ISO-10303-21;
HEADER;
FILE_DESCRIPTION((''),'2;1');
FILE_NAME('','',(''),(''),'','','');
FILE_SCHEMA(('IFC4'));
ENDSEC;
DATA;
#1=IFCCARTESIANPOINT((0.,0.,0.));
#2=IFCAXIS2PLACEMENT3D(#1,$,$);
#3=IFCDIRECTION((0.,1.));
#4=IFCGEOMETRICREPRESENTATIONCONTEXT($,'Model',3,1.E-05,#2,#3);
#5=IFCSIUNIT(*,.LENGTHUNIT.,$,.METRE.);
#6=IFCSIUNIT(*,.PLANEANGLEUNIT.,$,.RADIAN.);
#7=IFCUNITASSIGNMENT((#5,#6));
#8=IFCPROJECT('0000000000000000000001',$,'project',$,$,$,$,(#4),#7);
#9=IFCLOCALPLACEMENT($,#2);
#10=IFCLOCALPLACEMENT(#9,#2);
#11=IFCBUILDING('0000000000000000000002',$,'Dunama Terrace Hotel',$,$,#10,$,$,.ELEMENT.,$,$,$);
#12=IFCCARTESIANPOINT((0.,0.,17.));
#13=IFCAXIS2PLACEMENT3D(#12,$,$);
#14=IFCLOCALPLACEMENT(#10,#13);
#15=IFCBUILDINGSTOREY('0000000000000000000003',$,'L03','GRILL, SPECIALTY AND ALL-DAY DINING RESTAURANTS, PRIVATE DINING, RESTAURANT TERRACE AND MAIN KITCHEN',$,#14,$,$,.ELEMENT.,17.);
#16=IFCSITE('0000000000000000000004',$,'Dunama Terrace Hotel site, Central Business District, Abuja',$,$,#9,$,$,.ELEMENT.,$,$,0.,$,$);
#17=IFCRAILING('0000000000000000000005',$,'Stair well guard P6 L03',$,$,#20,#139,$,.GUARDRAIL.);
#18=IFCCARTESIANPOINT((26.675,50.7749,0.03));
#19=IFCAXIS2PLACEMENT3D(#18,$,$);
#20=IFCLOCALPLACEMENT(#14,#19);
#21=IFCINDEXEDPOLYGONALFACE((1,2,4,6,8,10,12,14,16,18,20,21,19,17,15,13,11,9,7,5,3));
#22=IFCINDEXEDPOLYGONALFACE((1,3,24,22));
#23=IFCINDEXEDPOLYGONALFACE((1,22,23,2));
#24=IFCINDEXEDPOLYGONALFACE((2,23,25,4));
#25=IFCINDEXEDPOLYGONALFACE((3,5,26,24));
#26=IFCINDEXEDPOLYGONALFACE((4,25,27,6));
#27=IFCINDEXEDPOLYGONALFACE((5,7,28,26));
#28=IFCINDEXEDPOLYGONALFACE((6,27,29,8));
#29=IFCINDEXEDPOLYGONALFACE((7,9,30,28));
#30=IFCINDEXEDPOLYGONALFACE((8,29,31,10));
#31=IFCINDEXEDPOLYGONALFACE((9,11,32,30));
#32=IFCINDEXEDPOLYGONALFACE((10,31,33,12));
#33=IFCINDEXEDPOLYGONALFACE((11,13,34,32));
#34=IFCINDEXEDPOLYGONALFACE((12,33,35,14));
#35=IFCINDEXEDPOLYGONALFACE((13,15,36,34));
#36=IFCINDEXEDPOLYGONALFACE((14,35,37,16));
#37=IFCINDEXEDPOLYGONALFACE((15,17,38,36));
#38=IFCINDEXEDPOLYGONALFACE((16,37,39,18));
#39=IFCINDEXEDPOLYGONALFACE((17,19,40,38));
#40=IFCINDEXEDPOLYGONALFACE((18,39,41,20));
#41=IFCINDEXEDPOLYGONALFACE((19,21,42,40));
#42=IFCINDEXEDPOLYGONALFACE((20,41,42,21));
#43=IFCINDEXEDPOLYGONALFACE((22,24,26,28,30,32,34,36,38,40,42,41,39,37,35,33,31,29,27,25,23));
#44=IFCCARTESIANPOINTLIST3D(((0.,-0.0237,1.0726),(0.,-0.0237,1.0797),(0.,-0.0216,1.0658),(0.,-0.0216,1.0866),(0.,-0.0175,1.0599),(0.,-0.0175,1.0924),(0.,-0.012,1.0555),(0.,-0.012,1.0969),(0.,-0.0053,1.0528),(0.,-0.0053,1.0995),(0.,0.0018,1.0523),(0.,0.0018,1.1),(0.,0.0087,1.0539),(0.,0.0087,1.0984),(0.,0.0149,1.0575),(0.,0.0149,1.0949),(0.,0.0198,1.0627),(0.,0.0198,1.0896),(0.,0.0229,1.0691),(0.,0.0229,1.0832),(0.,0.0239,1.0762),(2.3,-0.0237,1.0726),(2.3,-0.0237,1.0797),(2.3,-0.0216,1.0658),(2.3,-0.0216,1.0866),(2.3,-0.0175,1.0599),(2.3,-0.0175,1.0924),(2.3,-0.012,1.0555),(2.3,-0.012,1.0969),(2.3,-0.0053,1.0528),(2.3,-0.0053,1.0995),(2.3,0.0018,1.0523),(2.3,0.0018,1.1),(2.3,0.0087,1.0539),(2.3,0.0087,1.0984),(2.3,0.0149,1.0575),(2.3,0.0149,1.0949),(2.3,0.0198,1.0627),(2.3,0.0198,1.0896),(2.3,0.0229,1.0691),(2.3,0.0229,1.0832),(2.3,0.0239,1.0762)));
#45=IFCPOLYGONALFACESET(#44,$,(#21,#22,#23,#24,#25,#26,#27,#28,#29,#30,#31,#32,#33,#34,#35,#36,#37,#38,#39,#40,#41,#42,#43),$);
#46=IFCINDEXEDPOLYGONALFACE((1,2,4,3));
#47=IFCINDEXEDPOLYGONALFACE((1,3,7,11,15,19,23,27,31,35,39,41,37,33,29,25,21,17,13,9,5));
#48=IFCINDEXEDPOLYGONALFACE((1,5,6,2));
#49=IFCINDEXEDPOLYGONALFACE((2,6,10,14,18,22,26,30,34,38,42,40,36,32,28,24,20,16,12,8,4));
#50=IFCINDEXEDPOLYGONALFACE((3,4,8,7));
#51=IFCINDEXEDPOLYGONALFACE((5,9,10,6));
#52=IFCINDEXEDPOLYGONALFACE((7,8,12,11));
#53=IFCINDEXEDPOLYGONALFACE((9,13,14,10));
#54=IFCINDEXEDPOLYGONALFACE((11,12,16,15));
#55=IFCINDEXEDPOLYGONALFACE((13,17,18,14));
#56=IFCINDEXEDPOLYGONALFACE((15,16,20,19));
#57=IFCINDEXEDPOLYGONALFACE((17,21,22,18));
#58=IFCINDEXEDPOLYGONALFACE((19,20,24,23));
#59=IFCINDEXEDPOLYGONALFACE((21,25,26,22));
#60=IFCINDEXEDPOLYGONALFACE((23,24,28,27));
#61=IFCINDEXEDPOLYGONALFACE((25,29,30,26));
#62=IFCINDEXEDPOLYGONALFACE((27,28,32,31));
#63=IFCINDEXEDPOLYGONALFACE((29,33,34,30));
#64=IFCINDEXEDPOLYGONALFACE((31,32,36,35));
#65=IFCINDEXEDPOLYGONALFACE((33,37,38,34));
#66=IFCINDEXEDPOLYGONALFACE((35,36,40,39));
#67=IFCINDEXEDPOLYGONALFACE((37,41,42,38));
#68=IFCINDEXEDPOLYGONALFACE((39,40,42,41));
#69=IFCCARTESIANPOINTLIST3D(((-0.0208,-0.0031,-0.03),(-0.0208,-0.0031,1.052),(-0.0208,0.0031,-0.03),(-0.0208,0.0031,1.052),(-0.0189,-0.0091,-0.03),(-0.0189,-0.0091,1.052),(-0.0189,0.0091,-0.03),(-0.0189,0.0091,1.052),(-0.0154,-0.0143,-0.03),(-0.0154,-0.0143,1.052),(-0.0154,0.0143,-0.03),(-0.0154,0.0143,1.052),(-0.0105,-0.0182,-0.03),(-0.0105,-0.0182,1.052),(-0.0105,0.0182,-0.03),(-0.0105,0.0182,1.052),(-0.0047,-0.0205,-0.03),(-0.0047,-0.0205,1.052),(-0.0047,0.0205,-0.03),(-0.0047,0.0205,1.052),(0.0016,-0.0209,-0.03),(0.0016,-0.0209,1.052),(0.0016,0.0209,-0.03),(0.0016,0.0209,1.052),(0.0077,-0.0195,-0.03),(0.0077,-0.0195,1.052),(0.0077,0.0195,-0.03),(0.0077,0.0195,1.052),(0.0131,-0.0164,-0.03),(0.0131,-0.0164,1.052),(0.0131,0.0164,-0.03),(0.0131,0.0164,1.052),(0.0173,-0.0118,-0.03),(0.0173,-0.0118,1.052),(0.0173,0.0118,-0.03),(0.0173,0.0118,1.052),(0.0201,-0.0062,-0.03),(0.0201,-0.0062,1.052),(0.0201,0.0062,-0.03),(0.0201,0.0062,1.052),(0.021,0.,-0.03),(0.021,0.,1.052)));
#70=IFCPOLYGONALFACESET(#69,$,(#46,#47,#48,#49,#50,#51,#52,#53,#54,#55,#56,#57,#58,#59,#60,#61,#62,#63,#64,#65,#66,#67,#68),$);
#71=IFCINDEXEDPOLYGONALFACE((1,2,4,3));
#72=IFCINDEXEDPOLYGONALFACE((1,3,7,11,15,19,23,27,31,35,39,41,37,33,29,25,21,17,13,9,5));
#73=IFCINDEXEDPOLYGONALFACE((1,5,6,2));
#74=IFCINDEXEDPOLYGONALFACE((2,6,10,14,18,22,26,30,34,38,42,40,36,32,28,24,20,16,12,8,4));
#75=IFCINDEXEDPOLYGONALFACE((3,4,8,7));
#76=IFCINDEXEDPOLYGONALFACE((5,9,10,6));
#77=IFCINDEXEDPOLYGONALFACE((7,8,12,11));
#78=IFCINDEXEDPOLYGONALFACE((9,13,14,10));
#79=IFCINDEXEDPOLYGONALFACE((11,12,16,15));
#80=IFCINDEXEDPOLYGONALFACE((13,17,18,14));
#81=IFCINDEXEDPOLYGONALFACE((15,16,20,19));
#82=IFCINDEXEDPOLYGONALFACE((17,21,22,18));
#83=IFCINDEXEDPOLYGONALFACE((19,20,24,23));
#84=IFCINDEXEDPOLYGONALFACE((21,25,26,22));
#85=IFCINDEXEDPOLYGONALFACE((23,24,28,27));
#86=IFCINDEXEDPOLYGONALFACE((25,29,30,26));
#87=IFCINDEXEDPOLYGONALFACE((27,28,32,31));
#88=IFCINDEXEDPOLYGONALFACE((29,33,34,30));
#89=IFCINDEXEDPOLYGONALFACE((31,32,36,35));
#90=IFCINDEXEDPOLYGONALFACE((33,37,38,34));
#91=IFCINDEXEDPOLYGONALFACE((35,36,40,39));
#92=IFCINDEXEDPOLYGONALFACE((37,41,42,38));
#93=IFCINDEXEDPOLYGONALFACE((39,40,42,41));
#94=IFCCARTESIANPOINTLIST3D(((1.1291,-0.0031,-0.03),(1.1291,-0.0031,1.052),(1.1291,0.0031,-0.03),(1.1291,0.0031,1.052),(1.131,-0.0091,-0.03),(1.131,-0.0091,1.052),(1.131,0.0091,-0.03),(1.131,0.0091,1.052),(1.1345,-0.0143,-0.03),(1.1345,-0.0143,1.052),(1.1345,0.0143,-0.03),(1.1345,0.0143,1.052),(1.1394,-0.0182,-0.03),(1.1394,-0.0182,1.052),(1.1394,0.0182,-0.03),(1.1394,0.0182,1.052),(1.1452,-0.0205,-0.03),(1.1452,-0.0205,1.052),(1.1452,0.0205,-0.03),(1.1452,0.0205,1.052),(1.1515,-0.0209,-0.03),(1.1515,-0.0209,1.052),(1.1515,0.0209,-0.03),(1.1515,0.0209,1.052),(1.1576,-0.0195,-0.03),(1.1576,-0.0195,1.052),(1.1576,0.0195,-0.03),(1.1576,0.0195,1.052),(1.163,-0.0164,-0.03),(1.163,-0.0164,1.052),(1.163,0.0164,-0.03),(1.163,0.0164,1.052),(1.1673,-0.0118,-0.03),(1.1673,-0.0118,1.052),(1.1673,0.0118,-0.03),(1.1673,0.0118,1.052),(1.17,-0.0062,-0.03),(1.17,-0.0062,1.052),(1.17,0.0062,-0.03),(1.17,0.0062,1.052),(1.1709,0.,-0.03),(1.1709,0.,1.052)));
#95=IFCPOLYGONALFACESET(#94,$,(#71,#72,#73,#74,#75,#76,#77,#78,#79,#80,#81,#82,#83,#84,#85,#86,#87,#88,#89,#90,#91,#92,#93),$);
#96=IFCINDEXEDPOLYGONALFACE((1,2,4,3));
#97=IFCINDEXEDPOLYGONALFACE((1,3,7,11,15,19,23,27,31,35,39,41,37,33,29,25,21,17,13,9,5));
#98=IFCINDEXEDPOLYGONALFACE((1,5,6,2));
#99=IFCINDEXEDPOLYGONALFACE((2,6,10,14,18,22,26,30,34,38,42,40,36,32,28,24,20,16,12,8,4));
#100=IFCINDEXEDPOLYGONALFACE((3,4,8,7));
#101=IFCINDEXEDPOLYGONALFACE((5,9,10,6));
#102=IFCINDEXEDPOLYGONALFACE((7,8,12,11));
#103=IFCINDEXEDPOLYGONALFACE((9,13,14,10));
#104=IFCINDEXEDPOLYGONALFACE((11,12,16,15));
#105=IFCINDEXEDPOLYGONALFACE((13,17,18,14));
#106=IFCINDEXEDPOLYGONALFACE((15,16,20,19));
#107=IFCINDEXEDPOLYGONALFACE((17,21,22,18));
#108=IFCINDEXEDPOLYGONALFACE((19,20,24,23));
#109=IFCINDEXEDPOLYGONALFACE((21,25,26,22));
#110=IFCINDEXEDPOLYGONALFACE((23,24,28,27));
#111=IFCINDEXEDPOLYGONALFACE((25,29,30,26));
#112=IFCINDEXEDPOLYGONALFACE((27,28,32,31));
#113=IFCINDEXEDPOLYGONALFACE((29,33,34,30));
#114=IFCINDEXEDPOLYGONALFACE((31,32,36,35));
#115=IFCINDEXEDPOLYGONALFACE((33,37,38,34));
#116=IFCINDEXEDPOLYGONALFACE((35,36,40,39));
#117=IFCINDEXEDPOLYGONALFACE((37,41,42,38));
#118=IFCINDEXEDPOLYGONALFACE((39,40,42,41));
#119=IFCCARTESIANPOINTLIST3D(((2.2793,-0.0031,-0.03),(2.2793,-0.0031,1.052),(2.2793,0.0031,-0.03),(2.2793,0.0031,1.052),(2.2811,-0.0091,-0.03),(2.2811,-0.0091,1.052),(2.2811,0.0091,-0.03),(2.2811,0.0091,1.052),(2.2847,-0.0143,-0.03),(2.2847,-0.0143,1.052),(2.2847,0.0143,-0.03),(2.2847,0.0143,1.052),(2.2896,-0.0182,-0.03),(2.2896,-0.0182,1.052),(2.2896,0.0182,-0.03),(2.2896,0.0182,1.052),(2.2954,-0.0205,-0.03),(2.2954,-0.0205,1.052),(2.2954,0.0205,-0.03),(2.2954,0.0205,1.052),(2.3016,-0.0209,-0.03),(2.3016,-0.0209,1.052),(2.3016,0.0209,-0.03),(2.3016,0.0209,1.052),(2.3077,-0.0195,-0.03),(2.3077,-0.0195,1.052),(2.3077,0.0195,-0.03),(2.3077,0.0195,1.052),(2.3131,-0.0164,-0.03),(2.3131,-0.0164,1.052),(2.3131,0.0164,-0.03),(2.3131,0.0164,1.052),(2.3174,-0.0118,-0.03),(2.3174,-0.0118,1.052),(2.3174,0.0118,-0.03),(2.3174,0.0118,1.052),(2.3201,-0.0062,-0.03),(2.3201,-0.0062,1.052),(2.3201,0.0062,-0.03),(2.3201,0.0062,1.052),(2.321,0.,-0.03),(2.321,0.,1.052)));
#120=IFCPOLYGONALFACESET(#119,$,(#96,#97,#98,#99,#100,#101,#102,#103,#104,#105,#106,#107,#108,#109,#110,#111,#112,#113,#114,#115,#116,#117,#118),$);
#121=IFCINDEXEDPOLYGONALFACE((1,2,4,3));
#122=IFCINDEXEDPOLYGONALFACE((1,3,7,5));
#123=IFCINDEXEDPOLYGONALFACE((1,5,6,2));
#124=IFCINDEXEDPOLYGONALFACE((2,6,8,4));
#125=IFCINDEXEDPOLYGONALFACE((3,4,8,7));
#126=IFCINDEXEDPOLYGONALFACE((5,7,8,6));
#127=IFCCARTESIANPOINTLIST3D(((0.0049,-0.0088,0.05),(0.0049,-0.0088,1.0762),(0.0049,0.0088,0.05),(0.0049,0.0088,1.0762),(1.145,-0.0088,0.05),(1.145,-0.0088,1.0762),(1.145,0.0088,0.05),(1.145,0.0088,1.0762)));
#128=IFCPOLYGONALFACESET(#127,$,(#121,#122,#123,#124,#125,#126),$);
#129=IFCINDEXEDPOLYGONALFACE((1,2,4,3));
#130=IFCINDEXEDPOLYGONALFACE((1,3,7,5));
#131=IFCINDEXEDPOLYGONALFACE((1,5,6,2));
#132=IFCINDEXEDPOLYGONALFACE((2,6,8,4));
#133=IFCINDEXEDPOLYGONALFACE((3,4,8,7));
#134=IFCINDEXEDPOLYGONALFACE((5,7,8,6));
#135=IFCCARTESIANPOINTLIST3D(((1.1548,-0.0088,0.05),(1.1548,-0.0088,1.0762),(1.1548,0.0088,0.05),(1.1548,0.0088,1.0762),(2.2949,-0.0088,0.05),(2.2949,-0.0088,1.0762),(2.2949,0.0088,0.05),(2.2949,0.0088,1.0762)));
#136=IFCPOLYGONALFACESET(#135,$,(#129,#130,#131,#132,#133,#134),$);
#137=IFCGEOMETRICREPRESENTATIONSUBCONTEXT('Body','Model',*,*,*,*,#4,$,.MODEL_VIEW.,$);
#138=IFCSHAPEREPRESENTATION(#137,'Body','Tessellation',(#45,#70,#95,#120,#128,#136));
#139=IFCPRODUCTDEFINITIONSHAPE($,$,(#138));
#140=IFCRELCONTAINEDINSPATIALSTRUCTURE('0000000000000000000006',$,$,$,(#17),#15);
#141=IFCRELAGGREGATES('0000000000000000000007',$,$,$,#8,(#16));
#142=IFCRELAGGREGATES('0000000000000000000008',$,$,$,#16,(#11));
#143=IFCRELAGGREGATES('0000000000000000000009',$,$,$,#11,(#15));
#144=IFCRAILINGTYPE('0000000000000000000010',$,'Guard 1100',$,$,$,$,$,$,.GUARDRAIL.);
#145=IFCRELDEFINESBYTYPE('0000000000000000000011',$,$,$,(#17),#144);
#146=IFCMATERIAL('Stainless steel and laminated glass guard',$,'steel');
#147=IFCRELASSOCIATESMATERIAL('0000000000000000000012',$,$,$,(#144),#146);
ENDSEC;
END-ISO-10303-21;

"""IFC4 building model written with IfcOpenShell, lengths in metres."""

from ifc_helpers import new_model, si_unit, direction, frame, origin, origin_2d, place, context, subcontext, project, spatial, polyline, circle, outline, extrude, material, type_object, element, save


model = new_model("IFC4")

# Units and contexts
model_context = context("Model", 3, precision=1e-05, world=origin(), true_north=direction((0.0, 1.0)))
body_context = subcontext(model_context, "Body", "Model", "MODEL_VIEW")
ifc_project = project(units=[si_unit("LENGTHUNIT", "METRE"), si_unit("PLANEANGLEUNIT", "RADIAN")], contexts=[model_context])

# Site, building, storey
site_placement = place(None, origin())
site = spatial("IfcSite", under=ifc_project, at=site_placement, Name="Dunama Terrace Hotel site, Central Business District, Abuja", CompositionType="ELEMENT", RefElevation=0.0)
building_placement = place(site_placement, origin())
building = spatial("IfcBuilding", under=site, at=building_placement, Name="Dunama Terrace Hotel", CompositionType="ELEMENT")
storey_placement = place(building_placement, frame((0.0, 0.0, 17.0)))
storey = spatial("IfcBuildingStorey", under=building, at=storey_placement, Name="L03", Description="GRILL, SPECIALTY AND ALL-DAY DINING RESTAURANTS, PRIVATE DINING, RESTAURANT TERRACE AND MAIN KITCHEN", CompositionType="ELEMENT", Elevation=17.0)

# Railing
ifc_material_1 = material(Name="Stainless steel and laminated glass guard", Category="steel")
railing_type_1 = type_object("IfcRailingType", Name="Guard 1100", PredefinedType="GUARDRAIL", material=ifc_material_1)
railing_1_placement = place(storey_placement, frame((26.675, 50.7749, 0.03)))
element("IfcRailing", 1, at=railing_1_placement, inside=storey, type_object=railing_type_1, Name="Stair well guard P6 L03", PredefinedType="GUARDRAIL", context=body_context, shape_type="SweptSolid", body=[
    extrude(circle(Radius=0.0239, at=origin_2d()), frame((0.0, 0.0, 1.0762), z_axis=(1.0, 0.0, 0.0), x_axis=(0.0, 1.0, 0.0)), (0.0, 0.0, 1.0), 2.3),
    extrude(circle(Radius=0.021, at=origin_2d()), frame((0.0, 0.0, -0.03)), (0.0, 0.0, 1.0), 1.082),
    extrude(circle(Radius=0.021, at=origin_2d()), frame((1.1499, 0.0, -0.03)), (0.0, 0.0, 1.0), 1.082),
    extrude(circle(Radius=0.021, at=origin_2d()), frame((2.3, 0.0, -0.03)), (0.0, 0.0, 1.0), 1.082),
    extrude(outline(polyline([(0.0049, 0.05), (1.145, 0.05), (1.145, 1.0762), (0.0049, 1.0762), (0.0049, 0.05)])), frame((0.0, 0.0088, 0.0), z_axis=(0.0, -1.0, 0.0), x_axis=(1.0, 0.0, 0.0)), (0.0, 0.0, 1.0), 0.0176),
    extrude(outline(polyline([(0.0049, 0.05), (1.145, 0.05), (1.145, 1.0762), (0.0049, 1.0762), (0.0049, 0.05)])), frame((1.1499, 0.0088, 0.0), z_axis=(0.0, -1.0, 0.0), x_axis=(1.0, 0.0, 0.0)), (0.0, 0.0, 1.0), 0.0176),
])

save(model, "model.ifc")
